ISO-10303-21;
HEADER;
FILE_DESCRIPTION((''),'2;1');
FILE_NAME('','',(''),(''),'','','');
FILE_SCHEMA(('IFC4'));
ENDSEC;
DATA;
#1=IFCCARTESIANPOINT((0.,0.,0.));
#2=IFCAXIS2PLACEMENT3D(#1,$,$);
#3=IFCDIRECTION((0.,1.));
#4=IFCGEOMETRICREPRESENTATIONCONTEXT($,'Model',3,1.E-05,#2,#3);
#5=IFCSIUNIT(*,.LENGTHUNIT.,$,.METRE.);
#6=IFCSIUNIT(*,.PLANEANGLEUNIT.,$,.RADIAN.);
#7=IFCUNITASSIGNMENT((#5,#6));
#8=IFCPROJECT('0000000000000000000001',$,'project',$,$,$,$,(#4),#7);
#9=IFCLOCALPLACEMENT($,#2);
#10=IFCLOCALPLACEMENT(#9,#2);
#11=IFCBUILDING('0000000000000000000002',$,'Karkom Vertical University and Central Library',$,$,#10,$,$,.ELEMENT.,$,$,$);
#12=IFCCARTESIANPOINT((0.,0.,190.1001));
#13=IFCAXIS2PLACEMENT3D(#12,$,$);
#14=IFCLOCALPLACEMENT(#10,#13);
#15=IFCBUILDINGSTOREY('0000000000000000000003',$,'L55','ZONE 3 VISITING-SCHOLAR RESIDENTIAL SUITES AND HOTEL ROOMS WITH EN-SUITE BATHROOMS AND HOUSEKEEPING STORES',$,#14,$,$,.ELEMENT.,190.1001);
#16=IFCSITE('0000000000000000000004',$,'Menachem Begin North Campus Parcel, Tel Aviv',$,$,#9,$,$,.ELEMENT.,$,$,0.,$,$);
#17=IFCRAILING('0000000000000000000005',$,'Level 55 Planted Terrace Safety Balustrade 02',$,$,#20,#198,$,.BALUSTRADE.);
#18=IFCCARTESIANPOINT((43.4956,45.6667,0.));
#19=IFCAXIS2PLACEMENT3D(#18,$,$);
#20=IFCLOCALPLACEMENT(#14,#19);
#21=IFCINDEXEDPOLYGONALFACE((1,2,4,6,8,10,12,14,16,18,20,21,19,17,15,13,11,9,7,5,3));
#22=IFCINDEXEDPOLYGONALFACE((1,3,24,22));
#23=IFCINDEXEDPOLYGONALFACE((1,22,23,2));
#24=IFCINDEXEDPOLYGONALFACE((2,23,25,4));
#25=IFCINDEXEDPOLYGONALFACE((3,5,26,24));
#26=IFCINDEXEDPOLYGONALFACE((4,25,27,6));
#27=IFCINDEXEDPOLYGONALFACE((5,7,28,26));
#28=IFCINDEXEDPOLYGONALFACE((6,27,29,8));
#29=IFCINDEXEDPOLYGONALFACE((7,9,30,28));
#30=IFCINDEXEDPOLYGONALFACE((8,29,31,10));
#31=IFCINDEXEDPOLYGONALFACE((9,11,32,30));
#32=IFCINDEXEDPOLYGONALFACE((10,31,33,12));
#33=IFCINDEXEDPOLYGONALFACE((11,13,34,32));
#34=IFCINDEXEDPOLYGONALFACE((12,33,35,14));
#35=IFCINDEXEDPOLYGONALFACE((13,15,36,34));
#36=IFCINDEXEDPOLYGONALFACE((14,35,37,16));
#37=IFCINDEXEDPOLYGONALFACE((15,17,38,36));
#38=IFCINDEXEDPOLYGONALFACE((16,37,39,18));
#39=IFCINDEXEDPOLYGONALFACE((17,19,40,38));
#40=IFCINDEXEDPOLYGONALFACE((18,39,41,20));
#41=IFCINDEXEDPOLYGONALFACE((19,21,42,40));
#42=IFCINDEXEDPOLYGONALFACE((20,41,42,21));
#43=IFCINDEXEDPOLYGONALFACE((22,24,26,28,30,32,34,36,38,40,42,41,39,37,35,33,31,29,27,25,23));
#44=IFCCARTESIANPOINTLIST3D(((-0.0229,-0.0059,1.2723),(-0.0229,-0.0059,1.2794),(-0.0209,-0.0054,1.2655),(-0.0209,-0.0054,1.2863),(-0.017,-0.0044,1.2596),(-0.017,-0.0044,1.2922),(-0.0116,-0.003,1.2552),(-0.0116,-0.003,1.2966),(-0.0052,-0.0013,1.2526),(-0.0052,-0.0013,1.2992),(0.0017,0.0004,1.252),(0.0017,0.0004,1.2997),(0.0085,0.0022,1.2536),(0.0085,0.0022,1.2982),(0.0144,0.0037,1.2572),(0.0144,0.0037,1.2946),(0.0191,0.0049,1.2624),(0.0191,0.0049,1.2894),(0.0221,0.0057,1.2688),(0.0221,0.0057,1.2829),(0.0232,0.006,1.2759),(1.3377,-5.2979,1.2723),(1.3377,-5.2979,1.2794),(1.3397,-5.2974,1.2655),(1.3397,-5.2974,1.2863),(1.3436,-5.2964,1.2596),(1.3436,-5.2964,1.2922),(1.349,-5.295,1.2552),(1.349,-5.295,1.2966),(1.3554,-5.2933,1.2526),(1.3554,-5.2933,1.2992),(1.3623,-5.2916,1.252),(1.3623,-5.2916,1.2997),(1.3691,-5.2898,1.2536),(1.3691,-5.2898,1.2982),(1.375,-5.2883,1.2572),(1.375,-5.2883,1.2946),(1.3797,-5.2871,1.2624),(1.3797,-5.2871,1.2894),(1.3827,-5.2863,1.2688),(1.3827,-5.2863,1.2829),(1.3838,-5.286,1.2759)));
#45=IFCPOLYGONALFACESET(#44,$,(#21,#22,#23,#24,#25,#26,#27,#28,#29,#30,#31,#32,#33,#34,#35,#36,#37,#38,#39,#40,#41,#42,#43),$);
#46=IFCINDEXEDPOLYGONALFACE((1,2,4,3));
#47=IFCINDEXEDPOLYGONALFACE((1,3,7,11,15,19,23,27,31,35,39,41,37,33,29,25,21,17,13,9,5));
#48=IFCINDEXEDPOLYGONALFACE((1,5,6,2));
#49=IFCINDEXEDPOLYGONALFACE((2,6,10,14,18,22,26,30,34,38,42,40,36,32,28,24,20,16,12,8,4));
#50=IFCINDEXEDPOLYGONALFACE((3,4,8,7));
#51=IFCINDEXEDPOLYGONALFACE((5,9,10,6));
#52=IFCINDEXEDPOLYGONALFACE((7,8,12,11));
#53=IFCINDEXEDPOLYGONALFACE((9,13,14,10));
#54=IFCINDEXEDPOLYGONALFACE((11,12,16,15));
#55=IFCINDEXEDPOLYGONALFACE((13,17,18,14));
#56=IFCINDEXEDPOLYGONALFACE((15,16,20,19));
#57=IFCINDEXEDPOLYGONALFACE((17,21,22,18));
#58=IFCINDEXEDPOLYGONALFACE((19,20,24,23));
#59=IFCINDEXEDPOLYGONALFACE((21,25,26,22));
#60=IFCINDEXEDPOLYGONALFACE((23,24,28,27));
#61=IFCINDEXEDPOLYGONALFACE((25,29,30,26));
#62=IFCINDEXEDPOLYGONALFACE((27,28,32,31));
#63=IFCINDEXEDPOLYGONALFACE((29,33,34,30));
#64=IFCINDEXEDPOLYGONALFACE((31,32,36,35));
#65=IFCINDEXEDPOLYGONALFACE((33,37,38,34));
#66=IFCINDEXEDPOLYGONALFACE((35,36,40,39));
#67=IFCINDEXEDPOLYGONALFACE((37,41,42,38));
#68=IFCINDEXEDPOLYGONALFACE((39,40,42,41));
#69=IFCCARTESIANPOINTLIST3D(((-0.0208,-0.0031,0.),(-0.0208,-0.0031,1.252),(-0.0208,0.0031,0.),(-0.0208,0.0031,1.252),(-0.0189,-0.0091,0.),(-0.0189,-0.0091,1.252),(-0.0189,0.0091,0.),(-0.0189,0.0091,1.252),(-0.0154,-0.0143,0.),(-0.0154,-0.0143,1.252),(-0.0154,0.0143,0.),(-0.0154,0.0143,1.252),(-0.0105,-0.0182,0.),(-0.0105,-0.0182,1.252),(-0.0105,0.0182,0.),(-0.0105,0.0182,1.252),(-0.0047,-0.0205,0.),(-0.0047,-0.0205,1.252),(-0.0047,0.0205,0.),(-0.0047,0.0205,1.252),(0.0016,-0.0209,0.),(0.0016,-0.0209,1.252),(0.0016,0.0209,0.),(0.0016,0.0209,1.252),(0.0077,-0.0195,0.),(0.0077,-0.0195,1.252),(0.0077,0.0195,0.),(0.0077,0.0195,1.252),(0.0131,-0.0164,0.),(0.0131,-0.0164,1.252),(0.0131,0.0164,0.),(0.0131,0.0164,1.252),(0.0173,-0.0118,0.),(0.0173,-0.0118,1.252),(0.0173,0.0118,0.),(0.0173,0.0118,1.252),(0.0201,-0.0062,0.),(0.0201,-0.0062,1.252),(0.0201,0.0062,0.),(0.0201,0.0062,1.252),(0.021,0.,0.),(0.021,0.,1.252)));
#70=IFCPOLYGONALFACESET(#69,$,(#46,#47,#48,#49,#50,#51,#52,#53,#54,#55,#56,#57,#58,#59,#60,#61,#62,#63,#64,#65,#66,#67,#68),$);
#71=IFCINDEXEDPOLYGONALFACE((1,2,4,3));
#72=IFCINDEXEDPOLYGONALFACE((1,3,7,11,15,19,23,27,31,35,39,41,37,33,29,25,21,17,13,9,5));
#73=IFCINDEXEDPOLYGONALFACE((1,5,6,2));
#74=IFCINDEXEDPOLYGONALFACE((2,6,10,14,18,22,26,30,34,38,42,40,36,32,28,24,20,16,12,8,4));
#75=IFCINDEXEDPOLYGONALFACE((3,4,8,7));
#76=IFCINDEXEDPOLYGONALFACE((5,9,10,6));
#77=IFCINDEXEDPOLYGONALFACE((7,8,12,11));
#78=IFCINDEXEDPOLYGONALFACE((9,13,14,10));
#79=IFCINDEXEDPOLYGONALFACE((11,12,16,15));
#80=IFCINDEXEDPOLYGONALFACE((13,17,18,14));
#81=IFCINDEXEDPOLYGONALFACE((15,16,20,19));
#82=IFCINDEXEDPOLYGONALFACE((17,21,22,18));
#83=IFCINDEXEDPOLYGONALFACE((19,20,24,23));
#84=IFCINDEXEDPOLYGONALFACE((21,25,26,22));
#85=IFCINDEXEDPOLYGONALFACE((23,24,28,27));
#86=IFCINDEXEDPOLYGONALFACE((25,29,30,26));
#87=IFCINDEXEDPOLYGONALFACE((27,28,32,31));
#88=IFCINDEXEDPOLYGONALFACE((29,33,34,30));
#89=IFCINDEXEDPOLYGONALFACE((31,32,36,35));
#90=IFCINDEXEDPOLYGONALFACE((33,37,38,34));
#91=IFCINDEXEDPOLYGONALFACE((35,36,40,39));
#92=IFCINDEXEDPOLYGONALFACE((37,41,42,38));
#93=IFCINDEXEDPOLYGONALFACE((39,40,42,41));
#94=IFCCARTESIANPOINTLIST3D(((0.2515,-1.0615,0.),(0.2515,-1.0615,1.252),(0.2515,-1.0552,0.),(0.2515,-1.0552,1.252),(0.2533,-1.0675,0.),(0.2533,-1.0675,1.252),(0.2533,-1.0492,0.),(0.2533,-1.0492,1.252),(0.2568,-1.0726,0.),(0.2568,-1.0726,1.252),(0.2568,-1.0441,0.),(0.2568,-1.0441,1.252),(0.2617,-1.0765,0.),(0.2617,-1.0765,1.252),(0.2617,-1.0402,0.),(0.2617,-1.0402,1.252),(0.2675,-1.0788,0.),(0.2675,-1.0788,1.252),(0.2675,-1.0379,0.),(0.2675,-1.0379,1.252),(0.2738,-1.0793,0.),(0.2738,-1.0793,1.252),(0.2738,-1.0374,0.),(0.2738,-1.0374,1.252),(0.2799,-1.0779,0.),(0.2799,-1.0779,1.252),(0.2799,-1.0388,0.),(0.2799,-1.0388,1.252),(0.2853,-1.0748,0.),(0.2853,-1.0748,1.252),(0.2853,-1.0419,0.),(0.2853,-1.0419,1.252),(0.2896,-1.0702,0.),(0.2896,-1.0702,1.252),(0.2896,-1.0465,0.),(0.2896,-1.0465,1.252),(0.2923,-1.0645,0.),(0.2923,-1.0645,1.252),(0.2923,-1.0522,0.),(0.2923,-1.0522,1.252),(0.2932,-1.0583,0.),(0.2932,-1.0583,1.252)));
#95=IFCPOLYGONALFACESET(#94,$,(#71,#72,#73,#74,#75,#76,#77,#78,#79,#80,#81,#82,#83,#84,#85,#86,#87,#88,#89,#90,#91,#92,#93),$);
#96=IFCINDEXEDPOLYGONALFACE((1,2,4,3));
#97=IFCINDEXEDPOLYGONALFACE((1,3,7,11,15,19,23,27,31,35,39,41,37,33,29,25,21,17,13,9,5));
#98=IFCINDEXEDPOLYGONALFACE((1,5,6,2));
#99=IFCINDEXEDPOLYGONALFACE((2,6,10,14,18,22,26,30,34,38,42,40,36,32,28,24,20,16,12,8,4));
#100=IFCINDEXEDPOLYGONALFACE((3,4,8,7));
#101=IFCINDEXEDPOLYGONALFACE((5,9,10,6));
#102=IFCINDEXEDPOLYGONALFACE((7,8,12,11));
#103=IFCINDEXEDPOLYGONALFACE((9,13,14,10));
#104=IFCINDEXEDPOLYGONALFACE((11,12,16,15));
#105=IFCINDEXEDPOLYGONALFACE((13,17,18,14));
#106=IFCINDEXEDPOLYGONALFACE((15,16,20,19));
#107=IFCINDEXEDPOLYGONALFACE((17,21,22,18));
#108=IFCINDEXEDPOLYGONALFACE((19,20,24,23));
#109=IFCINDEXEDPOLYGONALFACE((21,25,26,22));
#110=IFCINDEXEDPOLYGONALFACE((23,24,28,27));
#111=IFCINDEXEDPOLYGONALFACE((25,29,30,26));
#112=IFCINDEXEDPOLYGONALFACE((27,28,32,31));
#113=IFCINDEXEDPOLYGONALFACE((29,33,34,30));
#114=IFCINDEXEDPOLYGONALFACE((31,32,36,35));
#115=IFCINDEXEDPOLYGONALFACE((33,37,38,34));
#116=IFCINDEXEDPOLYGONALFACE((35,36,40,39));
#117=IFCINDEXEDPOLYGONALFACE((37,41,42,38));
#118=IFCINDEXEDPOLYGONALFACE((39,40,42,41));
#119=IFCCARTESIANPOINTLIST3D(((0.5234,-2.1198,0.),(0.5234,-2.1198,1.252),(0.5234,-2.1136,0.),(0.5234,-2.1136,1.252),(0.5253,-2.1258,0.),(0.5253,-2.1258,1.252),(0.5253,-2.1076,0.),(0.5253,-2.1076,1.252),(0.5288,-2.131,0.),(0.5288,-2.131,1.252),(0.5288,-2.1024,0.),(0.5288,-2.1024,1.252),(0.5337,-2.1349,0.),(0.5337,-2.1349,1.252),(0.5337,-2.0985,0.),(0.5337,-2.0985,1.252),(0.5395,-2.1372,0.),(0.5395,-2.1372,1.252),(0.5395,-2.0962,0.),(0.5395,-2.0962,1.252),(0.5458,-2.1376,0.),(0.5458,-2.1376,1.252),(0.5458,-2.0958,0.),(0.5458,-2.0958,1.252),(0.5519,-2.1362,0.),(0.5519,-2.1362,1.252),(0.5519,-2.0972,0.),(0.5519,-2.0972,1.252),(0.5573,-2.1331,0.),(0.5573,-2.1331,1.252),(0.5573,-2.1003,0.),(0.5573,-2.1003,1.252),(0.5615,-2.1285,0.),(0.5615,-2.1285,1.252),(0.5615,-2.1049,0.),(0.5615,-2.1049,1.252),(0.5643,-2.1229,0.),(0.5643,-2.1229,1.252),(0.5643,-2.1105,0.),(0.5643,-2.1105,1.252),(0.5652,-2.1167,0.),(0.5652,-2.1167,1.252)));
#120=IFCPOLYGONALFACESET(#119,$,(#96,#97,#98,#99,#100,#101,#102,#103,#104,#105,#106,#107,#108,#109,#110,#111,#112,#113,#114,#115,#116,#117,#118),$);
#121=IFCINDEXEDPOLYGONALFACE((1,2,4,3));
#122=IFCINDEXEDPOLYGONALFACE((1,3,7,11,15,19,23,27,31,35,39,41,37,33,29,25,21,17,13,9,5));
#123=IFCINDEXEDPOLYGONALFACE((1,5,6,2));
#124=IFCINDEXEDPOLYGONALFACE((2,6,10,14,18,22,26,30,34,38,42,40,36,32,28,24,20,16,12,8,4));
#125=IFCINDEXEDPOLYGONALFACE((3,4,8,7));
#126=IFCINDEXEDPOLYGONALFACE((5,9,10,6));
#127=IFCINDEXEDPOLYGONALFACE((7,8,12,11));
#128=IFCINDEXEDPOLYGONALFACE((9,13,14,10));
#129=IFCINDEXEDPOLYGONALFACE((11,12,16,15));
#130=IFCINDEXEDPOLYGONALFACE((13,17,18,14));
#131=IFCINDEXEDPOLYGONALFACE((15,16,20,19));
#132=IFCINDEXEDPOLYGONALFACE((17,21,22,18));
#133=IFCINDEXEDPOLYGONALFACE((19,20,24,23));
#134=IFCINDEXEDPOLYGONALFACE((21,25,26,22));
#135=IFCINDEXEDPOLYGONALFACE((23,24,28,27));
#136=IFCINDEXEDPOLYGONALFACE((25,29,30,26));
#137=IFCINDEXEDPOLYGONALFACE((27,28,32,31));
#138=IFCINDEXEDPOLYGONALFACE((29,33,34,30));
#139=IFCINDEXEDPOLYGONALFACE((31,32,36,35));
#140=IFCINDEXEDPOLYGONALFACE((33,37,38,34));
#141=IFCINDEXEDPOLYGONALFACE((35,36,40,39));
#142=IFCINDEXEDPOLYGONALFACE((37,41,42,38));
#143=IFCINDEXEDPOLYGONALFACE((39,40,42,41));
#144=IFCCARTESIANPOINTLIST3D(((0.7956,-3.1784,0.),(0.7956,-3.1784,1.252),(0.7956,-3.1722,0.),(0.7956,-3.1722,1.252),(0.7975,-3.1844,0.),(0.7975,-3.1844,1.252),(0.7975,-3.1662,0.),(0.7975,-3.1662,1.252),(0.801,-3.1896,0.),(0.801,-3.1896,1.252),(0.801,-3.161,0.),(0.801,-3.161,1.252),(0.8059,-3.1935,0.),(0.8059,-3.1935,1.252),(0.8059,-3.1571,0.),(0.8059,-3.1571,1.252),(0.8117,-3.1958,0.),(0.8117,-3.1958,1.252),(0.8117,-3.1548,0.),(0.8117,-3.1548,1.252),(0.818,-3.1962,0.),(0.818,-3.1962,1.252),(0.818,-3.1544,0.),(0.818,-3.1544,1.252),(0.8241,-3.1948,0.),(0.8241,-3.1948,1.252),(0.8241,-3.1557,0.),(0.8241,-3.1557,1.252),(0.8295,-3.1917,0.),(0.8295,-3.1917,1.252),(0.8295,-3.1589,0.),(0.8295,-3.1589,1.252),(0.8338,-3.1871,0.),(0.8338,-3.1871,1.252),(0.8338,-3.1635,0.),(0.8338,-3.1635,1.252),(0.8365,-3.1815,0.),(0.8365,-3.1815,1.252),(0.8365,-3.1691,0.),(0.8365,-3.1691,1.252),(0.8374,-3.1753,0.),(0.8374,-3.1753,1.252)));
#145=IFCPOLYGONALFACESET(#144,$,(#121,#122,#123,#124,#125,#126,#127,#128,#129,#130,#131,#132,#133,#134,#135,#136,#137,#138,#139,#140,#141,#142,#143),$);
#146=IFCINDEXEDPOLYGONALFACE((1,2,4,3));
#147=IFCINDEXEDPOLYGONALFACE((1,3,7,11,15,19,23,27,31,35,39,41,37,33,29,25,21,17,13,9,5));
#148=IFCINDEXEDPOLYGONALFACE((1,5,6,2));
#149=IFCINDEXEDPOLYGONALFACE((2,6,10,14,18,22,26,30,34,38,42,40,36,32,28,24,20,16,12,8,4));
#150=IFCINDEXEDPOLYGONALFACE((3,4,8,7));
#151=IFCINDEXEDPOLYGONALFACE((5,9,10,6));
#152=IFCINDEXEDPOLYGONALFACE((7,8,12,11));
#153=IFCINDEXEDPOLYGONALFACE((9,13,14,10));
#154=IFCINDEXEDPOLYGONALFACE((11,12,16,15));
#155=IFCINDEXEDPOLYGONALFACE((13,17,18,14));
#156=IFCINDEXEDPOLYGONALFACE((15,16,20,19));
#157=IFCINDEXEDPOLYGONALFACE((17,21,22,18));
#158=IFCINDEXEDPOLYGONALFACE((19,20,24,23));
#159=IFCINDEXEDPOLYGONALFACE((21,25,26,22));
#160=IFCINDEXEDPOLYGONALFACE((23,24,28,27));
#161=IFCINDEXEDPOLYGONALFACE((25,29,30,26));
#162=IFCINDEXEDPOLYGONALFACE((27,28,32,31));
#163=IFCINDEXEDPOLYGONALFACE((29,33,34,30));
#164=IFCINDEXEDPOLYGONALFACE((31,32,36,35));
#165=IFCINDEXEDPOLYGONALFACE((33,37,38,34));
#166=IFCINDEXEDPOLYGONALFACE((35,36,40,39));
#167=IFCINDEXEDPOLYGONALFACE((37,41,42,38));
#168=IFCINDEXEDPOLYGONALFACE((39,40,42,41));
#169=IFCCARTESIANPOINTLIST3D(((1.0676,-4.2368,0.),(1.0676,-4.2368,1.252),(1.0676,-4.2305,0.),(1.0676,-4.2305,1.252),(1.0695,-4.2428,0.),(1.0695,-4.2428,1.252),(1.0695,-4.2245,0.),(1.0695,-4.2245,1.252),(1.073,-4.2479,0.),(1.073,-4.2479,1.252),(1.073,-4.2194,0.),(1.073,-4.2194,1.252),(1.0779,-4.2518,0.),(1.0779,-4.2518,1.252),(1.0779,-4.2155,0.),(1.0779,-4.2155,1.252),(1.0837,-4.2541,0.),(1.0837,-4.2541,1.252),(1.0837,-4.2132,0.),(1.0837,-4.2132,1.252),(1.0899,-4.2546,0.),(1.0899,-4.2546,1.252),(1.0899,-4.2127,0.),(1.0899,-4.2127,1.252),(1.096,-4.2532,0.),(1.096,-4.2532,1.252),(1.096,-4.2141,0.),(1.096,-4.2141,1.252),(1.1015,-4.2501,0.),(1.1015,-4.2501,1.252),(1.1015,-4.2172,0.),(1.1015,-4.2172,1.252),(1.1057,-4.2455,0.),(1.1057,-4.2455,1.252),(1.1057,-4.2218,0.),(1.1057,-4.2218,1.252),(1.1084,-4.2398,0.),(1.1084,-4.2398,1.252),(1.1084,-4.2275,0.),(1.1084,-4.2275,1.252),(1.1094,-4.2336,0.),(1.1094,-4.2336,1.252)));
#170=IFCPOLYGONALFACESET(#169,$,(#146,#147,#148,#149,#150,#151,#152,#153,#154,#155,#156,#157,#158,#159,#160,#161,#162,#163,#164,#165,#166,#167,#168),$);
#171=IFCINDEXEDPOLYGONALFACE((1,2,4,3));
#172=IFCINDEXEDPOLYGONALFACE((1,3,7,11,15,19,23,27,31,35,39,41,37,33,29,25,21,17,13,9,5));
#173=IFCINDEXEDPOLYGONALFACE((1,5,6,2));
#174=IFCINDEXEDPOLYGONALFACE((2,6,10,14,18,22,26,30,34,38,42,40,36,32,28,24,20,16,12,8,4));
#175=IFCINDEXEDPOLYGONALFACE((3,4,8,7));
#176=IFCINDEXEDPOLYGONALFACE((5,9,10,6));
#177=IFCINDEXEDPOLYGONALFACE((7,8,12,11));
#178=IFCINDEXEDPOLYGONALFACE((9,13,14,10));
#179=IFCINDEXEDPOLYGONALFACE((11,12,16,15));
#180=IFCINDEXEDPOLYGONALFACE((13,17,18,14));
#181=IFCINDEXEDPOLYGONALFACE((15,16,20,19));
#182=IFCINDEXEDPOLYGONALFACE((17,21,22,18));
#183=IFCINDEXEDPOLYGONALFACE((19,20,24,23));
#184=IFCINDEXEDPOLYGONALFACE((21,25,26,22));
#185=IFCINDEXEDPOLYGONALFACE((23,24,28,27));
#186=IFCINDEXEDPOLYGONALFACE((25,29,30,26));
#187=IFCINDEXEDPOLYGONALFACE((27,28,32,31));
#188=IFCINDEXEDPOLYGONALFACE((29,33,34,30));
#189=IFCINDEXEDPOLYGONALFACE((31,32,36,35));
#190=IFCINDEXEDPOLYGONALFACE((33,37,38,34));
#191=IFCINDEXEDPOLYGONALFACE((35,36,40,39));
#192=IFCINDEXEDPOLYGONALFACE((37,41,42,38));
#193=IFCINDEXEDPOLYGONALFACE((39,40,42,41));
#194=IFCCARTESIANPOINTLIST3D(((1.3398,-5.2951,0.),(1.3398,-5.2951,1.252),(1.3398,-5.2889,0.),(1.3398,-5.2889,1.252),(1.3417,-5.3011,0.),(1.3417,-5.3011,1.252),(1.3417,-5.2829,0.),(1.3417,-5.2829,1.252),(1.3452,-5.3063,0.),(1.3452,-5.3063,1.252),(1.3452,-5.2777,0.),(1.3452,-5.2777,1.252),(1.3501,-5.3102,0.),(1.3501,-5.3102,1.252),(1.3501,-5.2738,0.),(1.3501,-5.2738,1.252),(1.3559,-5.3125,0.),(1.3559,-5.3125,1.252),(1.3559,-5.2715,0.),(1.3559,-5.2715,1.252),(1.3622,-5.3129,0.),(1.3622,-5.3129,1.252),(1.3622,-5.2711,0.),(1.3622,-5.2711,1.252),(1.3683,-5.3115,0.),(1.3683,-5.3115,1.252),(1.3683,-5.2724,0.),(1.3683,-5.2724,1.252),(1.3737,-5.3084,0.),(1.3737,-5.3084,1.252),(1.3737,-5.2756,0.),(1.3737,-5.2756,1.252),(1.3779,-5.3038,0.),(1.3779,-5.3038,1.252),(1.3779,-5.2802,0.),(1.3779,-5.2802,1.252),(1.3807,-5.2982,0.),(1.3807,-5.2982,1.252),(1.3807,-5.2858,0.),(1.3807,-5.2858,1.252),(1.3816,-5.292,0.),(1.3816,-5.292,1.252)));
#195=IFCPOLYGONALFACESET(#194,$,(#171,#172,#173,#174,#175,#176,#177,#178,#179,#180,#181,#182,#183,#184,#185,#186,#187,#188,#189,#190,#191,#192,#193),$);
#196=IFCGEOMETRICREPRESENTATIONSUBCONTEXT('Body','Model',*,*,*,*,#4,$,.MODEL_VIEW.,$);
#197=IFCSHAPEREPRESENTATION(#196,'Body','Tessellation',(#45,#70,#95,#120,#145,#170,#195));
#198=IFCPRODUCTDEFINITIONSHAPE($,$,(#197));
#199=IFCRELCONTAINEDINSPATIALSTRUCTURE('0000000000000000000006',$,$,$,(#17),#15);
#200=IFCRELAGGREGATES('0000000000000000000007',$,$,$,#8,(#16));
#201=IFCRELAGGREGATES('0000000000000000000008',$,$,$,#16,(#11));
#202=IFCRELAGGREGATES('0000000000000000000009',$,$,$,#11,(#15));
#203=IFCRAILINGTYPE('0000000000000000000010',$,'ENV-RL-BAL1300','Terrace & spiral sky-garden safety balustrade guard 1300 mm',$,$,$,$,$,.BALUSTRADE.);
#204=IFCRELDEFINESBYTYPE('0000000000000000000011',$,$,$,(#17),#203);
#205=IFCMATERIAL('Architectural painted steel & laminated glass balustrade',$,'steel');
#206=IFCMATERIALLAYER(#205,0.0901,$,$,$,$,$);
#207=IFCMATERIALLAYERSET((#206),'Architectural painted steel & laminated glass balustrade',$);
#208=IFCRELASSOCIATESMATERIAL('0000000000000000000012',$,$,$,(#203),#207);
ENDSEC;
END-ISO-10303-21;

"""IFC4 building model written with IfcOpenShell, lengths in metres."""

from ifc_helpers import new_model, si_unit, direction, frame, origin, origin_2d, place, context, subcontext, project, spatial, circle, extrude, material, layer, layer_set, type_object, element, save


model = new_model("IFC4")

# Units and contexts
model_context = context("Model", 3, precision=1e-05, world=origin(), true_north=direction((0.0, 1.0)))
body_context = subcontext(model_context, "Body", "Model", "MODEL_VIEW")
ifc_project = project(units=[si_unit("LENGTHUNIT", "METRE"), si_unit("PLANEANGLEUNIT", "RADIAN")], contexts=[model_context])

# Site, building, storey
site_placement = place(None, origin())
site = spatial("IfcSite", under=ifc_project, at=site_placement, Name="Menachem Begin North Campus Parcel, Tel Aviv", CompositionType="ELEMENT", RefElevation=0.0)
building_placement = place(site_placement, origin())
building = spatial("IfcBuilding", under=site, at=building_placement, Name="Karkom Vertical University and Central Library", CompositionType="ELEMENT")
storey_placement = place(building_placement, frame((0.0, 0.0, 190.1001)))
storey = spatial("IfcBuildingStorey", under=building, at=storey_placement, Name="L55", Description="ZONE 3 VISITING-SCHOLAR RESIDENTIAL SUITES AND HOTEL ROOMS WITH EN-SUITE BATHROOMS AND HOUSEKEEPING STORES", CompositionType="ELEMENT", Elevation=190.1001)

# Railing
ifc_material_1 = material(Name="Architectural painted steel & laminated glass balustrade", Category="steel")
ifc_layer_1 = layer(ifc_material_1, 0.0901)
ifc_layer_set_1 = layer_set([ifc_layer_1], Name="Architectural painted steel & laminated glass balustrade")
railing_type = type_object("IfcRailingType", Name="ENV-RL-BAL1300", Description="Terrace & spiral sky-garden safety balustrade guard 1300 mm", PredefinedType="BALUSTRADE", material=ifc_layer_set_1)
railing_1_placement = place(storey_placement, frame((43.4956, 45.6667, 0.0)))
element("IfcRailing", 1, at=railing_1_placement, inside=storey, type_object=railing_type, Name="Level 55 Planted Terrace Safety Balustrade 02", PredefinedType="BALUSTRADE", context=body_context, shape_type="SweptSolid", body=[
    extrude(circle(Radius=0.0239, at=origin_2d()), frame((0.0, 0.0, 1.2759), z_axis=(0.249006, -0.968502, 0.0), x_axis=(0.968502, 0.249006, 0.0)), (0.0, 0.0, 1.0), 5.4641),
    extrude(circle(Radius=0.021, at=origin_2d()), origin(), (0.0, 0.0, 1.0), 1.252),
    extrude(circle(Radius=0.021, at=origin_2d()), frame((0.2722, -1.0583, 0.0)), (0.0, 0.0, 1.0), 1.252),
    extrude(circle(Radius=0.021, at=origin_2d()), frame((0.5442, -2.1167, 0.0)), (0.0, 0.0, 1.0), 1.252),
    extrude(circle(Radius=0.021, at=origin_2d()), frame((0.8164, -3.1753, 0.0)), (0.0, 0.0, 1.0), 1.252),
    extrude(circle(Radius=0.021, at=origin_2d()), frame((1.0884, -4.2336, 0.0)), (0.0, 0.0, 1.0), 1.252),
    extrude(circle(Radius=0.021, at=origin_2d()), frame((1.3606, -5.292, 0.0)), (0.0, 0.0, 1.0), 1.252),
])

save(model, "model.ifc")
